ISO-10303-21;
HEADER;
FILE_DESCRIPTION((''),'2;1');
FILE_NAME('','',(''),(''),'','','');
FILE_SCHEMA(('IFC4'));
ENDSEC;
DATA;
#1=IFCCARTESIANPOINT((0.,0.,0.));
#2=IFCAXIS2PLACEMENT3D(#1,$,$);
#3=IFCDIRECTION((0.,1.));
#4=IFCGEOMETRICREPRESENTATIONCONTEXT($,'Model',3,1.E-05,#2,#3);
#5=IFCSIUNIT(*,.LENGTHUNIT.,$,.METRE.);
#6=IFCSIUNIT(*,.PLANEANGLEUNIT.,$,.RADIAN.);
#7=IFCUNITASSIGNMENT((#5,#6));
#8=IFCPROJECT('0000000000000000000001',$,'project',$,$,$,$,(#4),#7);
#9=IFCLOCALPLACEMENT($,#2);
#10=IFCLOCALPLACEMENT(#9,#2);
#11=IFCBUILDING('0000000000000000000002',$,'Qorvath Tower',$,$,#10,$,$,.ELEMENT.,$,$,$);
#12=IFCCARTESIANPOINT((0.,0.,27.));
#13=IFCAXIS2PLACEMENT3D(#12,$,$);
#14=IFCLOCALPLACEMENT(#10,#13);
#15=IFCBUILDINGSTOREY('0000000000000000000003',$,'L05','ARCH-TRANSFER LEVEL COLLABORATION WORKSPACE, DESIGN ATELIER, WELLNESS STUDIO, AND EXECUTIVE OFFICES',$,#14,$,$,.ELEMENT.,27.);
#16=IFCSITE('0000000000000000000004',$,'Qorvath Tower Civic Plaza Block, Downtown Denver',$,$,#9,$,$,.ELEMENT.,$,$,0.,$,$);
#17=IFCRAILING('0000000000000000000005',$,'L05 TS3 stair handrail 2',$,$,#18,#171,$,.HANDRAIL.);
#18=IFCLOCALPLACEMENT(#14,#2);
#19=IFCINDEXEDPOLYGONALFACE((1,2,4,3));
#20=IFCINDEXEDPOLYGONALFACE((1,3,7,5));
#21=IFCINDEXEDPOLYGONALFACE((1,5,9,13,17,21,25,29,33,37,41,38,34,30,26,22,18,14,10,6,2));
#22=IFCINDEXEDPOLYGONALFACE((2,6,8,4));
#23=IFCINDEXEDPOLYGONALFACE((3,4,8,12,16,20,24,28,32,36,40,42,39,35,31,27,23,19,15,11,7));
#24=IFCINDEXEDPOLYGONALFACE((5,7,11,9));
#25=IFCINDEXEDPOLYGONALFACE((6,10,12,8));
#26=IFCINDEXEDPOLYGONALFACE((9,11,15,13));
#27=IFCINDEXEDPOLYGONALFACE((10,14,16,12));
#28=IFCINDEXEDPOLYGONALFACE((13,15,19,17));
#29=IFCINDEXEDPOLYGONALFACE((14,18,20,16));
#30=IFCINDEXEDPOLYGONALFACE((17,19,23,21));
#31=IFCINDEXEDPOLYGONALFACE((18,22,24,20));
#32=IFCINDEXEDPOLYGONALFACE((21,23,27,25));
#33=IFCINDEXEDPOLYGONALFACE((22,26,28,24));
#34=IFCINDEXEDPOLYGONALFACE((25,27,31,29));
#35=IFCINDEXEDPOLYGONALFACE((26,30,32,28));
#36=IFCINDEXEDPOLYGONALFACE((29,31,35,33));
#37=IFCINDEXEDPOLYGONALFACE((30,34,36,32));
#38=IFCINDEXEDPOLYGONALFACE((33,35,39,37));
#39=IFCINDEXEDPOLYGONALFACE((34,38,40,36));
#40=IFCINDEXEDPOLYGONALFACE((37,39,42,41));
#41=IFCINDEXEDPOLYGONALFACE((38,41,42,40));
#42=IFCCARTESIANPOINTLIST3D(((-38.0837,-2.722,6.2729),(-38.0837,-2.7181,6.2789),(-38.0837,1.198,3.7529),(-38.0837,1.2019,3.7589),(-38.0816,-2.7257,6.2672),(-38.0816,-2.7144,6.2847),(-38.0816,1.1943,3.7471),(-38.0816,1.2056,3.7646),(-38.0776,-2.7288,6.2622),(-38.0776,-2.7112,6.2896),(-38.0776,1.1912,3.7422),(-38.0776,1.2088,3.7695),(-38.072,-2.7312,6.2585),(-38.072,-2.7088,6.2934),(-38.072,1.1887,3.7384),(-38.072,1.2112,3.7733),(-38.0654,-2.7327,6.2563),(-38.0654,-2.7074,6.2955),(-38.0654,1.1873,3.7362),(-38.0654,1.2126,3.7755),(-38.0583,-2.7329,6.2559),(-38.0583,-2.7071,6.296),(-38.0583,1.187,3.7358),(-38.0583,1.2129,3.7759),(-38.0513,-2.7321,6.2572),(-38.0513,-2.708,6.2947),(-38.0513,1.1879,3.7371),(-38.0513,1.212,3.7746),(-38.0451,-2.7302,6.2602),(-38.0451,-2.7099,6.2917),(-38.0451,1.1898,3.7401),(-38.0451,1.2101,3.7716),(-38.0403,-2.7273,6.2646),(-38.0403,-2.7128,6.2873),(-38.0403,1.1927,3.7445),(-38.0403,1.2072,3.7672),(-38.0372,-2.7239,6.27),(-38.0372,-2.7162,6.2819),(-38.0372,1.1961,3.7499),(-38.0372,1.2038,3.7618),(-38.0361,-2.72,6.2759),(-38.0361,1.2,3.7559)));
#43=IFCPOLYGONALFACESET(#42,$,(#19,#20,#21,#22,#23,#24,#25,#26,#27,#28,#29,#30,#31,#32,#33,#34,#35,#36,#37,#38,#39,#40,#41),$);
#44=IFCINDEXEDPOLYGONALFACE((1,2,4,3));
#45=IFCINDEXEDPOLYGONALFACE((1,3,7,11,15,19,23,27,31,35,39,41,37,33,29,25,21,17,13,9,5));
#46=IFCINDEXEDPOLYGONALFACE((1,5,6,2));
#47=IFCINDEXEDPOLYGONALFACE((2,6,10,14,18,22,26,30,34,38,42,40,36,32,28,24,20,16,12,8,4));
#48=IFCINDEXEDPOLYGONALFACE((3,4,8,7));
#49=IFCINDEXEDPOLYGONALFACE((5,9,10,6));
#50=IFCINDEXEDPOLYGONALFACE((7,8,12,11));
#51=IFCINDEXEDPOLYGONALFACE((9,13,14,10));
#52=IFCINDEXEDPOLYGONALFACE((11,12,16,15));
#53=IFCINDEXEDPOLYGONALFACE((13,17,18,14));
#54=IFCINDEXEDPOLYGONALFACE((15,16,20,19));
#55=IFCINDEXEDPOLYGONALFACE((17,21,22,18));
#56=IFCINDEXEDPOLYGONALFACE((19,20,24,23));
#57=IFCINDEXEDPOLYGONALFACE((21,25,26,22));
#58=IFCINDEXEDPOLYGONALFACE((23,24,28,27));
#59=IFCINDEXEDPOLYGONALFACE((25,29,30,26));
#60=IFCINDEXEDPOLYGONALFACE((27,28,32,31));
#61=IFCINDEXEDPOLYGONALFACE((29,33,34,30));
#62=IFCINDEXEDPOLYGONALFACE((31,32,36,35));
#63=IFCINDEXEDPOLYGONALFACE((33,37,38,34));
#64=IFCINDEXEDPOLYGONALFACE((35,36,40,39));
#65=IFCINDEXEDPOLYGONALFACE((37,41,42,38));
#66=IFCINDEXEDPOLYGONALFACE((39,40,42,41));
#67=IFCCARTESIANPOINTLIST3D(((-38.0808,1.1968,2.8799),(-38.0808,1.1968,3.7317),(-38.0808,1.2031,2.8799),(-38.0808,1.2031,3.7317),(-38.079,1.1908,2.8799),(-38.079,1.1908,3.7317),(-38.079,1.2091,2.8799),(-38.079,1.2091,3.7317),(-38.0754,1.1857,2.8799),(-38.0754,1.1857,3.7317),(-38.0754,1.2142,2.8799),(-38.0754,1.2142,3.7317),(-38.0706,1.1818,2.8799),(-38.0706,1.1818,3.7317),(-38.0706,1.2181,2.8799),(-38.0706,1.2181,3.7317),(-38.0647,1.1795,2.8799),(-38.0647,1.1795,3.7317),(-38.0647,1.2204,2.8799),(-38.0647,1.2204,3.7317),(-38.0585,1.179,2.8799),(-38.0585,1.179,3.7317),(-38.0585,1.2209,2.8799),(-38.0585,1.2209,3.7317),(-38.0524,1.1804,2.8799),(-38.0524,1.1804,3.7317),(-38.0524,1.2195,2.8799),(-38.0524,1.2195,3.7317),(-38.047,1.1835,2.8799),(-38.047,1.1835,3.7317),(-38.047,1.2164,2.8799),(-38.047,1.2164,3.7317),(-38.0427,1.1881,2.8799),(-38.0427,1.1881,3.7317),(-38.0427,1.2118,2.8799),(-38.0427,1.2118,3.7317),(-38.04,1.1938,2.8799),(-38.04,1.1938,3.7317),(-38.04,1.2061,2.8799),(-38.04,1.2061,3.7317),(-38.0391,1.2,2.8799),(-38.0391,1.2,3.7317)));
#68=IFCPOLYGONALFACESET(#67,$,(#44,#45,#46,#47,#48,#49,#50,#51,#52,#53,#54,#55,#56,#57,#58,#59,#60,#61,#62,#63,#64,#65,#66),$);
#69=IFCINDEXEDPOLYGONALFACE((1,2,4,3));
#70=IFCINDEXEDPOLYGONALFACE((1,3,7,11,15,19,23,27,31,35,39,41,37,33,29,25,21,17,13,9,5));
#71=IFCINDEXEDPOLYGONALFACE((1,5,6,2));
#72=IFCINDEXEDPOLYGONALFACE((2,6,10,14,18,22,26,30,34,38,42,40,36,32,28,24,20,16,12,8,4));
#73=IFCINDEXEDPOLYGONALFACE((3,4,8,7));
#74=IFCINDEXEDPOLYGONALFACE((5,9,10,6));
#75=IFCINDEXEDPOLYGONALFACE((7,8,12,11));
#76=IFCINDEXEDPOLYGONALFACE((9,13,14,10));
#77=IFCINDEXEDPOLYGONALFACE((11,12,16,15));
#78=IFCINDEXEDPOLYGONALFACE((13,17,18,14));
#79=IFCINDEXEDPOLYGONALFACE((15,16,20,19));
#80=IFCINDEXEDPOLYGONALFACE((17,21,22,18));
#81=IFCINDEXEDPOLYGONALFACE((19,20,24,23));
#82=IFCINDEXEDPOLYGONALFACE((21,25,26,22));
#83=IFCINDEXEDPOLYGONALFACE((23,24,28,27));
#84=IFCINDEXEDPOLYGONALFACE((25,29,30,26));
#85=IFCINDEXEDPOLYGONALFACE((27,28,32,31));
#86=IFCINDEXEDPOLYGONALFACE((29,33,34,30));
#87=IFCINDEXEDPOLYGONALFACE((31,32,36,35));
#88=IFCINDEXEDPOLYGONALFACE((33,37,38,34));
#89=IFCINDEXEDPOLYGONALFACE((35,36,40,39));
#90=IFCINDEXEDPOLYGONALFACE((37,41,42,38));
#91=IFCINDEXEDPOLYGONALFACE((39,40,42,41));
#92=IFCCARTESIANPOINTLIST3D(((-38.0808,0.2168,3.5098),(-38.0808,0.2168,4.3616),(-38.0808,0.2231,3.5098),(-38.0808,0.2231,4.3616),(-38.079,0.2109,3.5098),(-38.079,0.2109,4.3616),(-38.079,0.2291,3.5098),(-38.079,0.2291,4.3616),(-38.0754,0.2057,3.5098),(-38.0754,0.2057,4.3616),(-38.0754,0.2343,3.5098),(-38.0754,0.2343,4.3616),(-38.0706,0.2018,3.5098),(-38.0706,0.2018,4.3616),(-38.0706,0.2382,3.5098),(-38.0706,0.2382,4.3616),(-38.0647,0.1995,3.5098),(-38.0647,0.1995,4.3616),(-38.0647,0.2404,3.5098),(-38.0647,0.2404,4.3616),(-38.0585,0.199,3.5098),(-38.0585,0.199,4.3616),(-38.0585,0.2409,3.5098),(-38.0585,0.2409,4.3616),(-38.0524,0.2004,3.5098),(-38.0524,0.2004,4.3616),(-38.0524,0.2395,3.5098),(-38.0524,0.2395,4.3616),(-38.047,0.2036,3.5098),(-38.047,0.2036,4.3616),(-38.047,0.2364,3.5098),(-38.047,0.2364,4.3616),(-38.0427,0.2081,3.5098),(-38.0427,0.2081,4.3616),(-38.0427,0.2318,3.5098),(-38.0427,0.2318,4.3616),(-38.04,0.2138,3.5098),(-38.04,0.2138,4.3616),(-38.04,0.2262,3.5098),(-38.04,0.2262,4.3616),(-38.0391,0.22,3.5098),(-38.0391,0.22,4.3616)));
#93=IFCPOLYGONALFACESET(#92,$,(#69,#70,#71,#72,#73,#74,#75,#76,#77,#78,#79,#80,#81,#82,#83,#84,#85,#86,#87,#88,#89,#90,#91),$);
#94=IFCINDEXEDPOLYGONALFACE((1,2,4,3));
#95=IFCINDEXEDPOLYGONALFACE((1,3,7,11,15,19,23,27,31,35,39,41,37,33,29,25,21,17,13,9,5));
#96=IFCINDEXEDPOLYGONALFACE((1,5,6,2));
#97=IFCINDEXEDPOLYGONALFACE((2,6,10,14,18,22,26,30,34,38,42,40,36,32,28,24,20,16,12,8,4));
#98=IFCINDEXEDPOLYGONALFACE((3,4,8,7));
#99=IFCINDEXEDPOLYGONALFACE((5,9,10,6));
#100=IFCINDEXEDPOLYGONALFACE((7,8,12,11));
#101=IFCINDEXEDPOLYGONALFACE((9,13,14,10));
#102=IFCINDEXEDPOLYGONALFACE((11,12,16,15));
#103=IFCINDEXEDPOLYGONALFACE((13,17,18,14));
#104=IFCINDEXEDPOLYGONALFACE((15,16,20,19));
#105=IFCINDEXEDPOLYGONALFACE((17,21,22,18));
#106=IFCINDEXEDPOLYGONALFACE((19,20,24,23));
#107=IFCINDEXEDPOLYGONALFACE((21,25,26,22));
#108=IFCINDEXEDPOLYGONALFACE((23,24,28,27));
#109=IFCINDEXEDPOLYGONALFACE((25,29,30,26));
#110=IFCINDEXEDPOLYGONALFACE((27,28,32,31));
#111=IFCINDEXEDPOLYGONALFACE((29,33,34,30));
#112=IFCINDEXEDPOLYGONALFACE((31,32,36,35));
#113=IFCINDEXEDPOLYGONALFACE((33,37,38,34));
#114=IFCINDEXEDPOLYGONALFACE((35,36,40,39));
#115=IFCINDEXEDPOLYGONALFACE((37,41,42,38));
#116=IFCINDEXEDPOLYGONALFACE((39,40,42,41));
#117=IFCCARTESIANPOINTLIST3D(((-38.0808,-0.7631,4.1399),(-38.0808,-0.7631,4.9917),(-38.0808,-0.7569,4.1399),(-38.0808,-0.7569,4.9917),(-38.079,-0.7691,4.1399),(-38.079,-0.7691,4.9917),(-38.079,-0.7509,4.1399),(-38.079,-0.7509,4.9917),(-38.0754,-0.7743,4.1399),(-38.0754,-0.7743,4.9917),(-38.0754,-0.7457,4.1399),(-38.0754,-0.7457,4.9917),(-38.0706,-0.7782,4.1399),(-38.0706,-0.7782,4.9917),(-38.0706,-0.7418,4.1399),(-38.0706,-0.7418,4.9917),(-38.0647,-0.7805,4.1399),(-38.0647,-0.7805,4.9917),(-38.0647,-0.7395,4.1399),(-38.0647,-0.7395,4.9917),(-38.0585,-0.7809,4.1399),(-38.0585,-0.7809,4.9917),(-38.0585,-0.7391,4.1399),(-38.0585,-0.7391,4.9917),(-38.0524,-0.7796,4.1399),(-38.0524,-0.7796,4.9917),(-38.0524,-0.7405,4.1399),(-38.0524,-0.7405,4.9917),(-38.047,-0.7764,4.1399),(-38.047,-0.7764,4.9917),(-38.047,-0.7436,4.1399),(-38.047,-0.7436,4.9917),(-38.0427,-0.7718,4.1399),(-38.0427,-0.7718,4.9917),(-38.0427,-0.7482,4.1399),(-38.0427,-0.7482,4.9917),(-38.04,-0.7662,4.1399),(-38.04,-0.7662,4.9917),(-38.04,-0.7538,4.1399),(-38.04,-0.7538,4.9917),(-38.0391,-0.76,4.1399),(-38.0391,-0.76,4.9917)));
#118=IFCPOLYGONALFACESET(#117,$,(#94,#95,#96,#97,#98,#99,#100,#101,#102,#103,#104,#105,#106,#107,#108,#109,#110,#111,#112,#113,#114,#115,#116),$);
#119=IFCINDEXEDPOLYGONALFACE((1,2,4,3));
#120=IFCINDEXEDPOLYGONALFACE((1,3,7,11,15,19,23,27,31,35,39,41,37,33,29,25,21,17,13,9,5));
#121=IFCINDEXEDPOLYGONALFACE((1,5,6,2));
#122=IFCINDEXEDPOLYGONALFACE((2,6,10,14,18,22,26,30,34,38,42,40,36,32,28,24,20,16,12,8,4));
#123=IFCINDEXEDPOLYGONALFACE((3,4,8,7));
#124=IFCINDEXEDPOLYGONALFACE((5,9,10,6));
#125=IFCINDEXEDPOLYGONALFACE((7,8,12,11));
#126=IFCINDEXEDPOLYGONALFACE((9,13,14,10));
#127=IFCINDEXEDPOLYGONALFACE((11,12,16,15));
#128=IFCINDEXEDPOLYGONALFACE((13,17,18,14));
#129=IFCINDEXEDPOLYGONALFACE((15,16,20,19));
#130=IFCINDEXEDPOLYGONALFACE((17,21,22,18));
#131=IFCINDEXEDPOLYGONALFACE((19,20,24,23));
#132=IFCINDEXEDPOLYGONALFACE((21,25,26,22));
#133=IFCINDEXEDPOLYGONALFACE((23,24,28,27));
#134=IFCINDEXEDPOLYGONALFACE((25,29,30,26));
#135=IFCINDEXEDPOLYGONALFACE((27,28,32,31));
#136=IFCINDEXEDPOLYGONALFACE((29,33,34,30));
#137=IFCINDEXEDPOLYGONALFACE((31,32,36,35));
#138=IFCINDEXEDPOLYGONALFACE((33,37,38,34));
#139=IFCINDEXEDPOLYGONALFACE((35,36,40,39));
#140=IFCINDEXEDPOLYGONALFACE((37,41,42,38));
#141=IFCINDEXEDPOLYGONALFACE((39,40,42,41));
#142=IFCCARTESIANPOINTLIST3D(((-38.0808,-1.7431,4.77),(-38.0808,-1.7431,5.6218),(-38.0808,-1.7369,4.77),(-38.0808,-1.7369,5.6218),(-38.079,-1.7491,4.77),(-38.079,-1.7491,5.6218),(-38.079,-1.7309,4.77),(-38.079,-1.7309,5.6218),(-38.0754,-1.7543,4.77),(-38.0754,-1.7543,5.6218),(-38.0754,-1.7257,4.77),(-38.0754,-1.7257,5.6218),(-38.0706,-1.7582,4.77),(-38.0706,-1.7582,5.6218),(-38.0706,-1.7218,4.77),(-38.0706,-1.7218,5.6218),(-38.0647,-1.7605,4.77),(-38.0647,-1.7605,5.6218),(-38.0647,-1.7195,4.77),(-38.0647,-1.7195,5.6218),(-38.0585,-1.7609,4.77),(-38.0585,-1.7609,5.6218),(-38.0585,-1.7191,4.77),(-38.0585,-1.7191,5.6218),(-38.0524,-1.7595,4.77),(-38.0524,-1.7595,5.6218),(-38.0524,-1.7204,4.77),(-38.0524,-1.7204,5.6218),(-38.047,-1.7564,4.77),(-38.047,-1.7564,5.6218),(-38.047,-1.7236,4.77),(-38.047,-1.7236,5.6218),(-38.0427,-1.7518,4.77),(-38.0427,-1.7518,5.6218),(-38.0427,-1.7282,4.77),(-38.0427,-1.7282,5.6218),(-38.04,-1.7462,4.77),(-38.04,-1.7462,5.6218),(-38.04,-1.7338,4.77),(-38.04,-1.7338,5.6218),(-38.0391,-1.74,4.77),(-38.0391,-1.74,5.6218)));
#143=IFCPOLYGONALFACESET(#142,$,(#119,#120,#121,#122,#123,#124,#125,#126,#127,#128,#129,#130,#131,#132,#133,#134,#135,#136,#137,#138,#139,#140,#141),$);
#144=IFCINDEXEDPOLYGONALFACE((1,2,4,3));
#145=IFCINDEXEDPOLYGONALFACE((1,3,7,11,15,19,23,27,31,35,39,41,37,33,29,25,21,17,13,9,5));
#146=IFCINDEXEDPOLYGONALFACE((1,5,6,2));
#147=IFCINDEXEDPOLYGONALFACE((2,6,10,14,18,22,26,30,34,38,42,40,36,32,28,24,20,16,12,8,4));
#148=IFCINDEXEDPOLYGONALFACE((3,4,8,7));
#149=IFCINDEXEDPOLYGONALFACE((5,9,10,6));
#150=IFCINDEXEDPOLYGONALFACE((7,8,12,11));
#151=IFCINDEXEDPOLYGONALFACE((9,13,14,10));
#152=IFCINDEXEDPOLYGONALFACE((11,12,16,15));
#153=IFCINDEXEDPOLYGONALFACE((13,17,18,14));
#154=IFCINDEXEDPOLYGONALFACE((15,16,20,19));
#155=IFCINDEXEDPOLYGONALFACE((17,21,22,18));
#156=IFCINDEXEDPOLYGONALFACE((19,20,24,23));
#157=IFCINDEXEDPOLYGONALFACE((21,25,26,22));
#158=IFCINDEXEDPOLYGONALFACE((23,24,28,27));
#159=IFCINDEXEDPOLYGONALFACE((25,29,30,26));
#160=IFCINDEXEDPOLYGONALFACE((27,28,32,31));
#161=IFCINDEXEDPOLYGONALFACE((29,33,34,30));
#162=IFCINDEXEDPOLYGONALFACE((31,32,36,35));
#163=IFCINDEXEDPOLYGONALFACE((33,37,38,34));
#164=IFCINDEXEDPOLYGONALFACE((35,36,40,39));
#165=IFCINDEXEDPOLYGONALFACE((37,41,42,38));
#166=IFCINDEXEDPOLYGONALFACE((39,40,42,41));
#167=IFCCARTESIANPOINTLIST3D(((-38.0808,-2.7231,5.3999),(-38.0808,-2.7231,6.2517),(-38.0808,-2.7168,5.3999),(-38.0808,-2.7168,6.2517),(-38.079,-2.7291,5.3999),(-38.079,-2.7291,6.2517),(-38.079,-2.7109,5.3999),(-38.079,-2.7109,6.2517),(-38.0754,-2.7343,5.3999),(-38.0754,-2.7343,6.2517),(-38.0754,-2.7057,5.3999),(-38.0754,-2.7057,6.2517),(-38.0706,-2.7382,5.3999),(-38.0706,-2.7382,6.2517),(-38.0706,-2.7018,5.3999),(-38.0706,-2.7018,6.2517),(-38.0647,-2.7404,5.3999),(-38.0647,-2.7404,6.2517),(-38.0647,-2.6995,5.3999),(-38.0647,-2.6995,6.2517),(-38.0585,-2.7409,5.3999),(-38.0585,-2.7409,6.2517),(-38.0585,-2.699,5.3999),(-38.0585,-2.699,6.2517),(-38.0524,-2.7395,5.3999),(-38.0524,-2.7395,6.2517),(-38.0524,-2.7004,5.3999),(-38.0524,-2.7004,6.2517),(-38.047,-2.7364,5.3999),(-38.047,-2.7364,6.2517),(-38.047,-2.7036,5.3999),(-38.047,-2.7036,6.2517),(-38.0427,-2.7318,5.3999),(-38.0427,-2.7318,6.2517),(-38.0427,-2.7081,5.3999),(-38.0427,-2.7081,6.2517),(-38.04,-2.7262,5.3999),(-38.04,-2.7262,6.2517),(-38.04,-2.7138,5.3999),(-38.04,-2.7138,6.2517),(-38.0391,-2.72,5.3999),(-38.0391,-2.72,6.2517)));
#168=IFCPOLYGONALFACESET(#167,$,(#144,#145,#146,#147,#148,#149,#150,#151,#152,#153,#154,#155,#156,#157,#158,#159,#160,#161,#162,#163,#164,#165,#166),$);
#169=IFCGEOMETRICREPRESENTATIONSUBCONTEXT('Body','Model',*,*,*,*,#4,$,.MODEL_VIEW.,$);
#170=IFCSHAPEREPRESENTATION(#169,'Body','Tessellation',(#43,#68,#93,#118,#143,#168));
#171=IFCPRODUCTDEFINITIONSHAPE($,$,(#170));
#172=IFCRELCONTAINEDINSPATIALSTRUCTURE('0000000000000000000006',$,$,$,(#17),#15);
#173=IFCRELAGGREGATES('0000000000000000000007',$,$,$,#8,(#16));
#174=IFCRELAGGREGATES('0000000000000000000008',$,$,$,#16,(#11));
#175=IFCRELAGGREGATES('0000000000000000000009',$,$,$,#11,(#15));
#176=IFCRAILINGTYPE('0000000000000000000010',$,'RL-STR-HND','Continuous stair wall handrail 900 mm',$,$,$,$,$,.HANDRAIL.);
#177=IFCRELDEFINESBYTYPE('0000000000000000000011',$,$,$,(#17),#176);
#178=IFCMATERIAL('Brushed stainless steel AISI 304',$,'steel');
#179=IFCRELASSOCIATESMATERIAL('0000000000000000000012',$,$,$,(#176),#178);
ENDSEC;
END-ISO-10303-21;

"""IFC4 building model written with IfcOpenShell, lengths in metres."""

from ifc_helpers import new_model, si_unit, direction, frame, origin, origin_2d, place, context, subcontext, project, spatial, circle, extrude, material, type_object, element, save


model = new_model("IFC4")

# Units and contexts
model_context = context("Model", 3, precision=1e-05, world=origin(), true_north=direction((0.0, 1.0)))
body_context = subcontext(model_context, "Body", "Model", "MODEL_VIEW")
ifc_project = project(units=[si_unit("LENGTHUNIT", "METRE"), si_unit("PLANEANGLEUNIT", "RADIAN")], contexts=[model_context])

# Site, building, storey
site_placement = place(None, origin())
site = spatial("IfcSite", under=ifc_project, at=site_placement, Name="Qorvath Tower Civic Plaza Block, Downtown Denver", CompositionType="ELEMENT", RefElevation=0.0)
building_placement = place(site_placement, origin())
building = spatial("IfcBuilding", under=site, at=building_placement, Name="Qorvath Tower", CompositionType="ELEMENT")
storey_placement = place(building_placement, frame((0.0, 0.0, 27.0)))
storey = spatial("IfcBuildingStorey", under=building, at=storey_placement, Name="L05", Description="ARCH-TRANSFER LEVEL COLLABORATION WORKSPACE, DESIGN ATELIER, WELLNESS STUDIO, AND EXECUTIVE OFFICES", CompositionType="ELEMENT", Elevation=27.0)

# Railing
ifc_material_1 = material(Name="Brushed stainless steel AISI 304", Category="steel")
railing_type_1 = type_object("IfcRailingType", Name="RL-STR-HND", Description="Continuous stair wall handrail 900 mm", PredefinedType="HANDRAIL", material=ifc_material_1)
railing_1_placement = place(storey_placement, frame((-38.0601, 1.2, 2.8799)))
element("IfcRailing", 1, at=railing_1_placement, inside=storey, type_object=railing_type_1, Name="L05 TS3 stair handrail 2", PredefinedType="HANDRAIL", context=body_context, shape_type="SweptSolid", body=[
    extrude(circle(Radius=0.0239, at=origin_2d()), frame((0.0, 0.0, 0.876), z_axis=(0.0, -0.841172, 0.540768), x_axis=(1.0, 0.0, 0.0)), (0.0, 0.0, 1.0), 4.6602),
    extrude(circle(Radius=0.021, at=origin_2d()), origin(), (0.0, 0.0, 1.0), 0.8518),
    extrude(circle(Radius=0.021, at=origin_2d()), frame((0.0, -0.98, 0.6299)), (0.0, 0.0, 1.0), 0.8518),
    extrude(circle(Radius=0.021, at=origin_2d()), frame((0.0, -1.96, 1.26)), (0.0, 0.0, 1.0), 0.8518),
    extrude(circle(Radius=0.021, at=origin_2d()), frame((0.0, -2.9399, 1.8901)), (0.0, 0.0, 1.0), 0.8518),
    extrude(circle(Radius=0.021, at=origin_2d()), frame((0.0, -3.9199, 2.52)), (0.0, 0.0, 1.0), 0.8518),
])

save(model, "model.ifc")
